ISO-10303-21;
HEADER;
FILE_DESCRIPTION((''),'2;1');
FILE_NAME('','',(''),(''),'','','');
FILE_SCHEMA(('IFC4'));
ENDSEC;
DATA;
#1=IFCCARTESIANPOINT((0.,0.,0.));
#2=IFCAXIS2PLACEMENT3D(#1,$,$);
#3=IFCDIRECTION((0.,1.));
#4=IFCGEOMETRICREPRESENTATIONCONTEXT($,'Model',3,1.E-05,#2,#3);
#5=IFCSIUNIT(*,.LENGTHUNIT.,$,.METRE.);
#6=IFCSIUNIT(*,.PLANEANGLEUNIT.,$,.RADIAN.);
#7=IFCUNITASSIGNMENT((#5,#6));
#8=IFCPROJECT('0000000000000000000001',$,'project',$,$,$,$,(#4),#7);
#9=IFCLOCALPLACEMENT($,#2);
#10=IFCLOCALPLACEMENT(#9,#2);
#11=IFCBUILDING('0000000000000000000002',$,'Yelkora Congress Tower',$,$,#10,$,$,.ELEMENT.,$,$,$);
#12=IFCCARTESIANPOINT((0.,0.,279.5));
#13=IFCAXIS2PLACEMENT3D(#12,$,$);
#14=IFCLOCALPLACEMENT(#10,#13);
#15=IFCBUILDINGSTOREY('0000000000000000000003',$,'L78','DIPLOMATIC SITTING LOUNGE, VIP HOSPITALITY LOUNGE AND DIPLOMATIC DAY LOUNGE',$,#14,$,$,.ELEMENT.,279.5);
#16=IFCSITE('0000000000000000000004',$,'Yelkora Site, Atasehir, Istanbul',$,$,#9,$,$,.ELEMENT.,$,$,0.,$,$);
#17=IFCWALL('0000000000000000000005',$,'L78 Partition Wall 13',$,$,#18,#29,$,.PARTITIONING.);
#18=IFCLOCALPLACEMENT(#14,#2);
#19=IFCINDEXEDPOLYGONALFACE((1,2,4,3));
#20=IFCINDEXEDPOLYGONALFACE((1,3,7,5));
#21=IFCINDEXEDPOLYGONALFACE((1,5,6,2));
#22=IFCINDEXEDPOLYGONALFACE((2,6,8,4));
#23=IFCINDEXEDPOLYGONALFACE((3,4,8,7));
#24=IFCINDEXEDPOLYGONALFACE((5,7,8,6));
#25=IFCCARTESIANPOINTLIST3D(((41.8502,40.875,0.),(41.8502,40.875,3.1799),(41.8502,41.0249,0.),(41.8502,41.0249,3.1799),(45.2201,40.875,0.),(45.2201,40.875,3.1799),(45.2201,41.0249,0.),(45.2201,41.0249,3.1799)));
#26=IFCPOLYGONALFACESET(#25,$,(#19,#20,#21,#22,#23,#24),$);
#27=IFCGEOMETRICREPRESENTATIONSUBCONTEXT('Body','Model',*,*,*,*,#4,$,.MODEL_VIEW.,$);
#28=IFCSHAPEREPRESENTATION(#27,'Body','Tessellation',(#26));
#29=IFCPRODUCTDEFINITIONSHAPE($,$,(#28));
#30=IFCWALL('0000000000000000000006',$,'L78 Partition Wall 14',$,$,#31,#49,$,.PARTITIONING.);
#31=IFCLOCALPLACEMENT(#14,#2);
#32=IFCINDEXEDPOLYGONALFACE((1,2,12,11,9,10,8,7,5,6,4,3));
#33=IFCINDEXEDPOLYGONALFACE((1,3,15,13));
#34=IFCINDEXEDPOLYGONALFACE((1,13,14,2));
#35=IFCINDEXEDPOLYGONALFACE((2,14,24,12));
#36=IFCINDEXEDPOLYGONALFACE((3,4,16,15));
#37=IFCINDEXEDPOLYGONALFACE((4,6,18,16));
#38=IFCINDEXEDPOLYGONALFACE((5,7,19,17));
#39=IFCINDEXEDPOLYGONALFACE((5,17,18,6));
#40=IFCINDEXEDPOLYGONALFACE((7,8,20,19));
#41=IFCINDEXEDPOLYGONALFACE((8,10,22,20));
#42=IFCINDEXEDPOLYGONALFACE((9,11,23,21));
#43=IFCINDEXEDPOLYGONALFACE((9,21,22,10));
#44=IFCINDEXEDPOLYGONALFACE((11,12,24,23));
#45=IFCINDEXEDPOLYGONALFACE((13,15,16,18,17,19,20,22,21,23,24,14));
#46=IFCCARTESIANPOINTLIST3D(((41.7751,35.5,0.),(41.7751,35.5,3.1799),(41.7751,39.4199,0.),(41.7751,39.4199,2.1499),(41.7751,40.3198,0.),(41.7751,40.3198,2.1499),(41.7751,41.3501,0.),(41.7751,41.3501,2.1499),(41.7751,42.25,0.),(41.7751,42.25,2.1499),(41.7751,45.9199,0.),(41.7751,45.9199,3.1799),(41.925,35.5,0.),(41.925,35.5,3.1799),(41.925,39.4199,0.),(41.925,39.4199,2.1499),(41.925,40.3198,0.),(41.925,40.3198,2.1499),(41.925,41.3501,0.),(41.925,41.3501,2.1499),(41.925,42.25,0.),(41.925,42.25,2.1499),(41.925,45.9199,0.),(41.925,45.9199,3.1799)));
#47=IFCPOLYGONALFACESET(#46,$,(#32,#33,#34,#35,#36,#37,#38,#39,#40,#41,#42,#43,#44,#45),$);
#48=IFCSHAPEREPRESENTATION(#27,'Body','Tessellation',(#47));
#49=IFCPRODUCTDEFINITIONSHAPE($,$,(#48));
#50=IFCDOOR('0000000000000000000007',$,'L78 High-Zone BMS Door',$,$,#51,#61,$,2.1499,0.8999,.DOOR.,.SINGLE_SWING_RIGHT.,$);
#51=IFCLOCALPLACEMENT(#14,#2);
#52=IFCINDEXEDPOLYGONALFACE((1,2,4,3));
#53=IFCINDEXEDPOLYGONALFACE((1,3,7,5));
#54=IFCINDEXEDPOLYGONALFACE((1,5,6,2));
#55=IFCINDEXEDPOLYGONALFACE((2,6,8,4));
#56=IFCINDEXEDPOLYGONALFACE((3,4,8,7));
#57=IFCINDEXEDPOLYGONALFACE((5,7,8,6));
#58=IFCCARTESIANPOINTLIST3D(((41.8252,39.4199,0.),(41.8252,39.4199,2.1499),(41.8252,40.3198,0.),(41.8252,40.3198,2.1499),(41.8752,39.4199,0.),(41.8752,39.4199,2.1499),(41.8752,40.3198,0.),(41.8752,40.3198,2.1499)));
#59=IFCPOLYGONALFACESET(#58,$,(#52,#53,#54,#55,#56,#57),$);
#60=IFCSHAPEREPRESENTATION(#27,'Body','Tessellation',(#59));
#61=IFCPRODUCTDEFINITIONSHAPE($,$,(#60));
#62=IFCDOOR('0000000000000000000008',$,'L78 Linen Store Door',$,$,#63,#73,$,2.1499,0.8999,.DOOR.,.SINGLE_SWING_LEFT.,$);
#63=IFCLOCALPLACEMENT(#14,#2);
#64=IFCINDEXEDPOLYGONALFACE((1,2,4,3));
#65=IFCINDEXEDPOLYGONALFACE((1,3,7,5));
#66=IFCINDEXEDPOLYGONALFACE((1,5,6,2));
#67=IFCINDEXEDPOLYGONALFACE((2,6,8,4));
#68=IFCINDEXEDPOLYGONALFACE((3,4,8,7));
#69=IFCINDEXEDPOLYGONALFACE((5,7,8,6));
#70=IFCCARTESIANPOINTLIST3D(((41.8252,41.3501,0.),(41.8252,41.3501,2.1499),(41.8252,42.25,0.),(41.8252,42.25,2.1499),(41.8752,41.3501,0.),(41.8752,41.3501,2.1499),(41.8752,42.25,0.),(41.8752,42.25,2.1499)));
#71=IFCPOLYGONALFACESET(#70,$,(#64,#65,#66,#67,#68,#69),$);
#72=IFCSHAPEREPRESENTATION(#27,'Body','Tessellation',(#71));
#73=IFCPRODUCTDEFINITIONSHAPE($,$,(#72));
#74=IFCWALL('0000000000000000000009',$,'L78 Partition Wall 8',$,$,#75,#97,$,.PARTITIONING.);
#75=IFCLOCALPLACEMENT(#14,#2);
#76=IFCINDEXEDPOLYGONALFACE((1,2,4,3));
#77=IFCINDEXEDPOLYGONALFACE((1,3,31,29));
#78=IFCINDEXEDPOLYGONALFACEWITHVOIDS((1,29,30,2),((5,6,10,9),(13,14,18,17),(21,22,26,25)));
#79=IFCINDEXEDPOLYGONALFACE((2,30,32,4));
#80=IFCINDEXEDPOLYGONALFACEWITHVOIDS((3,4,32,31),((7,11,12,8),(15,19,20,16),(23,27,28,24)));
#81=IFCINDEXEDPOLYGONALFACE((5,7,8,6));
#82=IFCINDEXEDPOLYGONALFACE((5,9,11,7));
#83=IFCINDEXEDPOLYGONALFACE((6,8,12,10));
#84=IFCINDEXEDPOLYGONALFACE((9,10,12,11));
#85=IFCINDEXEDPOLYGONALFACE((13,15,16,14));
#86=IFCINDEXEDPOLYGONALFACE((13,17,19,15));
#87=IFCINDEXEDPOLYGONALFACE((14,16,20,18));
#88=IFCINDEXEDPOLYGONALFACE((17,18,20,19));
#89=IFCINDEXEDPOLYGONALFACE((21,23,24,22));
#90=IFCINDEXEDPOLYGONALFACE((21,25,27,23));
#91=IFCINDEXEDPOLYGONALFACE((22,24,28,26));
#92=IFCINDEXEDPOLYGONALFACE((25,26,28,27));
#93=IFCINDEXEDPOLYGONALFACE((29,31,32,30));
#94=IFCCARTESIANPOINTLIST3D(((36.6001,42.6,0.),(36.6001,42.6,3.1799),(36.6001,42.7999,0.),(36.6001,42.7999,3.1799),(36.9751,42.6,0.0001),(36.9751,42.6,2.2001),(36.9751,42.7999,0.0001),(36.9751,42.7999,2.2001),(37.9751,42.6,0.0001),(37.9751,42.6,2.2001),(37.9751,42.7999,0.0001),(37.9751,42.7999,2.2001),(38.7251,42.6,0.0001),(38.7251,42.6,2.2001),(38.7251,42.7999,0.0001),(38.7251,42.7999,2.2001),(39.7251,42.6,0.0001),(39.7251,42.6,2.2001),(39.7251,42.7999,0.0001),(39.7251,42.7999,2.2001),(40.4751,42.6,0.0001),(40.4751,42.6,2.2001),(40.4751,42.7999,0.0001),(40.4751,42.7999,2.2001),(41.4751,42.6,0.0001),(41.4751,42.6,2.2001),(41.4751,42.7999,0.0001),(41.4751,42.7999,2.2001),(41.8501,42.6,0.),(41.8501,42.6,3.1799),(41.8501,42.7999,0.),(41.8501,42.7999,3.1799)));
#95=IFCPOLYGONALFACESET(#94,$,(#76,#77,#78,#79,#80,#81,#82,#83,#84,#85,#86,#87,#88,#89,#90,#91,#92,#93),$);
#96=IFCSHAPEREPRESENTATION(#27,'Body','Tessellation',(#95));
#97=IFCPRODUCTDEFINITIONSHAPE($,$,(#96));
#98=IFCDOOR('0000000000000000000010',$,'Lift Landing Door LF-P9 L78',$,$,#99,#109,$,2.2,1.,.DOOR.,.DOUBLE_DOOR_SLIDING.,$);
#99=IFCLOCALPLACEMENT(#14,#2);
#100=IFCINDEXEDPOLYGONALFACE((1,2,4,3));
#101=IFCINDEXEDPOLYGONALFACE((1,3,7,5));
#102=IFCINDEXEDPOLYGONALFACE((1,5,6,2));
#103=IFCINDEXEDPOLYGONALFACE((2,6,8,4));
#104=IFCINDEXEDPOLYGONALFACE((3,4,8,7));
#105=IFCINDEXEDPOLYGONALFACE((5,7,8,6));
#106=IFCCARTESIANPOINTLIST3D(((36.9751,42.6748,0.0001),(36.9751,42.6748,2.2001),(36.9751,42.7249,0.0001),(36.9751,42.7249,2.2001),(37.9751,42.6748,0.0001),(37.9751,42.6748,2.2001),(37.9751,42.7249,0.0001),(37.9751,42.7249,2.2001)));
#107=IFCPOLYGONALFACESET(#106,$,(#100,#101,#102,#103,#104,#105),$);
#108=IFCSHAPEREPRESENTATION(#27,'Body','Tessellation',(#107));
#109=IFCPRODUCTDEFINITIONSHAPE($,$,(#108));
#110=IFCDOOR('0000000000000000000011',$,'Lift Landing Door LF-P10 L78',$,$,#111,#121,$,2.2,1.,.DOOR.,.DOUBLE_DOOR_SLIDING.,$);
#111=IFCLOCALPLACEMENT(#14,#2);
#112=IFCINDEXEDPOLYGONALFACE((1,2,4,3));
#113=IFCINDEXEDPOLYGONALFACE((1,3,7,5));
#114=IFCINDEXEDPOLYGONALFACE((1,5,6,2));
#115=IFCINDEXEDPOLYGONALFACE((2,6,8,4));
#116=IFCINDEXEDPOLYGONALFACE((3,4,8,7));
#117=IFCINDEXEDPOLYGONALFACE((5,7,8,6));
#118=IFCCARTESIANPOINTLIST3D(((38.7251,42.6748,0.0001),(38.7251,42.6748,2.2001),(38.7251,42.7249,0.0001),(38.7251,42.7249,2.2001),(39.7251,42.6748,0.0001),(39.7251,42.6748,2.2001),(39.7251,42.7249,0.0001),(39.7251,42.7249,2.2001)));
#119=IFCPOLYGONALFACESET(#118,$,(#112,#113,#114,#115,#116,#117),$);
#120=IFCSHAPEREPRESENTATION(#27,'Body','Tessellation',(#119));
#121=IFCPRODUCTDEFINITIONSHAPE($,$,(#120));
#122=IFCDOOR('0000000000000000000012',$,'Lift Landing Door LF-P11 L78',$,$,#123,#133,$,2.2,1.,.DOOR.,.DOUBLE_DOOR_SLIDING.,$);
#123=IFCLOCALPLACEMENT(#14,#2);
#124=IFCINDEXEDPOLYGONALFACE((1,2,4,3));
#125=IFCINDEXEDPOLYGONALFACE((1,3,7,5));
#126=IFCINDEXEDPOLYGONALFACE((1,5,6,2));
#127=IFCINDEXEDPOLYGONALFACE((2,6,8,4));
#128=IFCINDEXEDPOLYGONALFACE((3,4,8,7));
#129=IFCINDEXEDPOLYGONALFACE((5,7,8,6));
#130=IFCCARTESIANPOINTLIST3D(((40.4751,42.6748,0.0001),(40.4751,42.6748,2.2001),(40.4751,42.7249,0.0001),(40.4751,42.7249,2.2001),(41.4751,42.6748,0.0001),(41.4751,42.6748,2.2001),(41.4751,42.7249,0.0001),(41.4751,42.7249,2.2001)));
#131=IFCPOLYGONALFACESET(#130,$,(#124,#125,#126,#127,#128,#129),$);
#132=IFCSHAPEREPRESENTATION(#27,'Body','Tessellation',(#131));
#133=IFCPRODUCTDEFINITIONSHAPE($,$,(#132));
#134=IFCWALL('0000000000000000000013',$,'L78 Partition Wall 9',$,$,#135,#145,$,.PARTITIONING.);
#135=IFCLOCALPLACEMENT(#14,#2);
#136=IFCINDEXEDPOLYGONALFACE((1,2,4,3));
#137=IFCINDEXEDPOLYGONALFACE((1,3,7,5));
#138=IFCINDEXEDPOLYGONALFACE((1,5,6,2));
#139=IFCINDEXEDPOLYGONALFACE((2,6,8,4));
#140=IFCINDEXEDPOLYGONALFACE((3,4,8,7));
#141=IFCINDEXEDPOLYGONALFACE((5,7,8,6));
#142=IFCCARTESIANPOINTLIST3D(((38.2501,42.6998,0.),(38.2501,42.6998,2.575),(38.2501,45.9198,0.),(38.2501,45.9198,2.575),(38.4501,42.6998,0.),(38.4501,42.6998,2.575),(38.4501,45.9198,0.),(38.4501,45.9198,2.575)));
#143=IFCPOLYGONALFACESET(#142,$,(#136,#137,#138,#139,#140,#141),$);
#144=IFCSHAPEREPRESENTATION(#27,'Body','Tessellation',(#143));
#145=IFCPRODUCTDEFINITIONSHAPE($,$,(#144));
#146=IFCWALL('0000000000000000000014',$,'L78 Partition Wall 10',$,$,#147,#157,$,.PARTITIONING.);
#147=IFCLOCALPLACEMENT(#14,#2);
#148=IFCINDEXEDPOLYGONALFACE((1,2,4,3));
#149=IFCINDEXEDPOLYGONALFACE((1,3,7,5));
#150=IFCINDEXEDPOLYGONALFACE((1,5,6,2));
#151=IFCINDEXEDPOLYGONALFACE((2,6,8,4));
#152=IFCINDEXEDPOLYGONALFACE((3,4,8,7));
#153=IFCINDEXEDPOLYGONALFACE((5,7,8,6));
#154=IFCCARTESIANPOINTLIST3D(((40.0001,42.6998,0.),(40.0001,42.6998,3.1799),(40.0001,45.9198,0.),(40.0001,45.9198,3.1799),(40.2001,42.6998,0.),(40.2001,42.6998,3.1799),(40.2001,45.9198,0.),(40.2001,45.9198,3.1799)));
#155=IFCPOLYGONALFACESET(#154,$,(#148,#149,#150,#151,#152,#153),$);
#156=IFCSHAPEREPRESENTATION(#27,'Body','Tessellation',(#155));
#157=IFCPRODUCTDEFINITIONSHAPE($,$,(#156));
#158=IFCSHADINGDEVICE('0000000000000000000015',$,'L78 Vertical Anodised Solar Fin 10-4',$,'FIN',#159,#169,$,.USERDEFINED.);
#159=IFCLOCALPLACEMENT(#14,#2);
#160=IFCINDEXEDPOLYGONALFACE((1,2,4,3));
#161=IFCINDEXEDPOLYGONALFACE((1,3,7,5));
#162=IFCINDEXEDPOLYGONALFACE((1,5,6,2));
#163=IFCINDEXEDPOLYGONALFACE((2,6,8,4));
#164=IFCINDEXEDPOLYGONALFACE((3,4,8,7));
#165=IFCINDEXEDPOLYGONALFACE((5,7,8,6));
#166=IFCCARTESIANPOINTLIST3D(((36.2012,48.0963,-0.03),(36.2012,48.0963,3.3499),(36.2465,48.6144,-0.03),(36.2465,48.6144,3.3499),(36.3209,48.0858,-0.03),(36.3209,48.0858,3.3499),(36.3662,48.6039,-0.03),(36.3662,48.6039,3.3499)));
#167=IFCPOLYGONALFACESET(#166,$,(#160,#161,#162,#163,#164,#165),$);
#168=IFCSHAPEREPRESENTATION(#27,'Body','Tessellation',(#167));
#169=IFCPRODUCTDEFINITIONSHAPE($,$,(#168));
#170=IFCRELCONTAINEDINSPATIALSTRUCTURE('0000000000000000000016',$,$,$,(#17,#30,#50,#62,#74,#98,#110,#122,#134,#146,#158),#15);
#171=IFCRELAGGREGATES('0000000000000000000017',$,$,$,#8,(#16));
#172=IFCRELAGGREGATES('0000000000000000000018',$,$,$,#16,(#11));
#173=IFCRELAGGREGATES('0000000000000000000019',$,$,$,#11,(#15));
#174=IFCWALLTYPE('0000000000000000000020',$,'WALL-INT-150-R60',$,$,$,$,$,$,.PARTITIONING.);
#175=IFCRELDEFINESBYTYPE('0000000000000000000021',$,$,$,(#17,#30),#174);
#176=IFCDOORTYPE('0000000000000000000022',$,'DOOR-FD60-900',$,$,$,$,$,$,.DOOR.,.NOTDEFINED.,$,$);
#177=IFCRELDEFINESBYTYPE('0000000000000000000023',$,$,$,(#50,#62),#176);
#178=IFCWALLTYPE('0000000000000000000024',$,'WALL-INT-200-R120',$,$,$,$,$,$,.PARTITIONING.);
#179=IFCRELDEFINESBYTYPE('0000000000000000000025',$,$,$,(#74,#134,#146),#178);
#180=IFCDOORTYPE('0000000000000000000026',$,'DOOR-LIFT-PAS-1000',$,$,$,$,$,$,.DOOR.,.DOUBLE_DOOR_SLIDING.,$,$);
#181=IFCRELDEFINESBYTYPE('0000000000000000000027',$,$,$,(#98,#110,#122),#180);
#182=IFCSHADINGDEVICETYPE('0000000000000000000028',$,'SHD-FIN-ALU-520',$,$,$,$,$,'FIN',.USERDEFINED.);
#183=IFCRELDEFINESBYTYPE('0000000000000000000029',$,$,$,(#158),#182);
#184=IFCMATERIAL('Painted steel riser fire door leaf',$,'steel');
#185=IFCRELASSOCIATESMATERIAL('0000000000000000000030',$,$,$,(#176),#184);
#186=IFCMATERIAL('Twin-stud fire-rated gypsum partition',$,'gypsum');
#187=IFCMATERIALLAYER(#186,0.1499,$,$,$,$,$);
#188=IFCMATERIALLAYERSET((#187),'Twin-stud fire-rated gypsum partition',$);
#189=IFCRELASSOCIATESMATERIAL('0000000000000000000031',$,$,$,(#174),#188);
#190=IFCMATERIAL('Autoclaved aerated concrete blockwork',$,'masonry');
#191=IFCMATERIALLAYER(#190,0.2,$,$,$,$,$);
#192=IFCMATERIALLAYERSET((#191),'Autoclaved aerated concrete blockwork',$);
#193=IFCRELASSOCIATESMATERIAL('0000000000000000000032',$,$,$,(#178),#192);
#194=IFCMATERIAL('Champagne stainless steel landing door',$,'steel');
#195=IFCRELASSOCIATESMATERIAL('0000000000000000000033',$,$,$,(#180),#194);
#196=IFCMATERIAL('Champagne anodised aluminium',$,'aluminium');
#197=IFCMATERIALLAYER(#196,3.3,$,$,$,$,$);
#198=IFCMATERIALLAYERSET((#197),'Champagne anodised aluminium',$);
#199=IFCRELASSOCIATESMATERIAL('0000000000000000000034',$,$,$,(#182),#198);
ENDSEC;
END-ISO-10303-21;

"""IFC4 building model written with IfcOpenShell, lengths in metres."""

from ifc_helpers import new_model, si_unit, direction, frame, frame_2d, origin, origin_2d, place, context, subcontext, project, spatial, rectangle, extrude, material, layer, layer_set, type_object, element, fill, save


model = new_model("IFC4")

# Units and contexts
model_context = context("Model", 3, precision=1e-05, world=origin(), true_north=direction((0.0, 1.0)))
body_context = subcontext(model_context, "Body", "Model", "MODEL_VIEW")
ifc_project = project(units=[si_unit("LENGTHUNIT", "METRE"), si_unit("PLANEANGLEUNIT", "RADIAN")], contexts=[model_context])

# Site, building, storey
site_placement = place(None, origin())
site = spatial("IfcSite", under=ifc_project, at=site_placement, Name="Yelkora Site, Atasehir, Istanbul", CompositionType="ELEMENT", RefElevation=0.0)
building_placement = place(site_placement, origin())
building = spatial("IfcBuilding", under=site, at=building_placement, Name="Yelkora Congress Tower", CompositionType="ELEMENT")
storey_placement = place(building_placement, frame((0.0, 0.0, 279.5)))
storey = spatial("IfcBuildingStorey", under=building, at=storey_placement, Name="L78", Description="DIPLOMATIC SITTING LOUNGE, VIP HOSPITALITY LOUNGE AND DIPLOMATIC DAY LOUNGE", CompositionType="ELEMENT", Elevation=279.5)

# Shared definitions
ifc_material_1 = material(Name="Painted steel riser fire door leaf", Category="steel")
door_type_1 = type_object("IfcDoorType", Name="DOOR-FD60-900", OperationType="NOTDEFINED", PredefinedType="DOOR", material=ifc_material_1)

# Shared definitions
ifc_material_2 = material(Name="Twin-stud fire-rated gypsum partition", Category="gypsum")
ifc_layer_1 = layer(ifc_material_2, 0.1499)
ifc_layer_set_1 = layer_set([ifc_layer_1], Name="Twin-stud fire-rated gypsum partition")
wall_type_1 = type_object("IfcWallType", Name="WALL-INT-150-R60", PredefinedType="PARTITIONING", material=ifc_layer_set_1)

# Wall
wall_1_placement = place(storey_placement, frame((41.8501, 40.95, 0.0), z_axis=(0.0, 0.0, 1.0), x_axis=(1.0, 0.0, 0.0)))
element("IfcWall", 1, at=wall_1_placement, inside=storey, type_object=wall_type_1, Name="L78 Partition Wall 13", PredefinedType="PARTITIONING", context=body_context, shape_type="SweptSolid", body=[
    extrude(rectangle(XDim=3.3699, YDim=0.1499, at=frame_2d((1.6851, 0.0))), origin(), (0.0, 0.0, 1.0), 3.1799),
])

# Walls, openings, doors
wall_2_placement = place(storey_placement, frame((41.8501, 35.5, 0.0), z_axis=(0.0, 0.0, 1.0), x_axis=(0.0, 1.0, 0.0)))
wall_2 = element("IfcWall", 2, at=wall_2_placement, inside=storey, type_object=wall_type_1, Name="L78 Partition Wall 14", PredefinedType="PARTITIONING", context=body_context, shape_type="SweptSolid", body=[
    extrude(rectangle(XDim=10.4199, YDim=0.1499, at=frame_2d((5.21, 0.0))), origin(), (0.0, 0.0, 1.0), 3.1799),
])
opening_1_placement = place(wall_2_placement, frame((3.9199, 0.0, 0.0)))
opening_1 = element("IfcOpeningElement", 3, at=opening_1_placement, cuts=wall_2, PredefinedType="OPENING", context=body_context, shape_type="SweptSolid", body=[
    extrude(rectangle(XDim=0.8999, YDim=2.1499, at=frame_2d((0.45, 1.075))), frame((0.0, 0.085, 0.0), z_axis=(0.0, -1.0, 0.0), x_axis=(1.0, 0.0, 0.0)), (0.0, 0.0, 1.0), 0.1699),
])
opening_2_placement = place(wall_2_placement, frame((5.8501, 0.0, 0.0)))
opening_2 = element("IfcOpeningElement", 4, at=opening_2_placement, cuts=wall_2, PredefinedType="OPENING", context=body_context, shape_type="SweptSolid", body=[
    extrude(rectangle(XDim=0.8999, YDim=2.1499, at=frame_2d((0.45, 1.075))), frame((0.0, 0.085, 0.0), z_axis=(0.0, -1.0, 0.0), x_axis=(1.0, 0.0, 0.0)), (0.0, 0.0, 1.0), 0.1699),
])
door_1_placement = place(opening_1_placement, origin())
door_1 = element("IfcDoor", 5, at=door_1_placement, inside=storey, type_object=door_type_1, Name="L78 High-Zone BMS Door", OperationType="SINGLE_SWING_RIGHT", OverallHeight=2.1499, OverallWidth=0.8999, PredefinedType="DOOR", context=body_context, shape_type="SweptSolid", body=[
    extrude(rectangle(XDim=0.8999, YDim=2.1499, at=frame_2d((0.45, 1.075))), frame((0.0, 0.0249, 0.0), z_axis=(0.0, -1.0, 0.0), x_axis=(1.0, 0.0, 0.0)), (0.0, 0.0, 1.0), 0.05),
])
fill(opening_1, door_1)
door_2_placement = place(opening_2_placement, origin())
door_2 = element("IfcDoor", 6, at=door_2_placement, inside=storey, type_object=door_type_1, Name="L78 Linen Store Door", OperationType="SINGLE_SWING_LEFT", OverallHeight=2.1499, OverallWidth=0.8999, PredefinedType="DOOR", context=body_context, shape_type="SweptSolid", body=[
    extrude(rectangle(XDim=0.8999, YDim=2.1499, at=frame_2d((0.45, 1.075))), frame((0.0, 0.0249, 0.0), z_axis=(0.0, -1.0, 0.0), x_axis=(1.0, 0.0, 0.0)), (0.0, 0.0, 1.0), 0.05),
])
fill(opening_2, door_2)
ifc_material_3 = material(Name="Autoclaved aerated concrete blockwork", Category="masonry")
ifc_layer_2 = layer(ifc_material_3, 0.2)
ifc_layer_set_2 = layer_set([ifc_layer_2], Name="Autoclaved aerated concrete blockwork")
wall_type_2 = type_object("IfcWallType", Name="WALL-INT-200-R120", PredefinedType="PARTITIONING", material=ifc_layer_set_2)
wall_3_placement = place(storey_placement, frame((36.6001, 42.7, 0.0), z_axis=(0.0, 0.0, 1.0), x_axis=(1.0, 0.0, 0.0)))
wall_3 = element("IfcWall", 7, at=wall_3_placement, inside=storey, type_object=wall_type_2, Name="L78 Partition Wall 8", PredefinedType="PARTITIONING", context=body_context, shape_type="SweptSolid", body=[
    extrude(rectangle(XDim=5.25, YDim=0.2, at=frame_2d((2.625, 0.0))), origin(), (0.0, 0.0, 1.0), 3.1799),
])
opening_3_placement = place(wall_3_placement, frame((0.375, 0.0, 0.0)))
opening_3 = element("IfcOpeningElement", 8, at=opening_3_placement, cuts=wall_3, PredefinedType="OPENING", context=body_context, shape_type="SweptSolid", body=[
    extrude(rectangle(XDim=1.0, YDim=2.2, at=frame_2d((0.5, 1.1001))), frame((0.0, 0.1099, 0.0), z_axis=(0.0, -1.0, 0.0), x_axis=(1.0, 0.0, 0.0)), (0.0, 0.0, 1.0), 0.22),
])
opening_4_placement = place(wall_3_placement, frame((2.125, 0.0, 0.0)))
opening_4 = element("IfcOpeningElement", 9, at=opening_4_placement, cuts=wall_3, PredefinedType="OPENING", context=body_context, shape_type="SweptSolid", body=[
    extrude(rectangle(XDim=1.0, YDim=2.2, at=frame_2d((0.5, 1.1001))), frame((0.0, 0.1099, 0.0), z_axis=(0.0, -1.0, 0.0), x_axis=(1.0, 0.0, 0.0)), (0.0, 0.0, 1.0), 0.22),
])
opening_5_placement = place(wall_3_placement, frame((3.875, 0.0, 0.0)))
opening_5 = element("IfcOpeningElement", 10, at=opening_5_placement, cuts=wall_3, PredefinedType="OPENING", context=body_context, shape_type="SweptSolid", body=[
    extrude(rectangle(XDim=1.0, YDim=2.2, at=frame_2d((0.5, 1.1001))), frame((0.0, 0.1099, 0.0), z_axis=(0.0, -1.0, 0.0), x_axis=(1.0, 0.0, 0.0)), (0.0, 0.0, 1.0), 0.22),
])
ifc_material_4 = material(Name="Champagne stainless steel landing door", Category="steel")
door_type_2 = type_object("IfcDoorType", Name="DOOR-LIFT-PAS-1000", OperationType="DOUBLE_DOOR_SLIDING", PredefinedType="DOOR", material=ifc_material_4)
door_3_placement = place(opening_3_placement, origin())
door_3 = element("IfcDoor", 11, at=door_3_placement, inside=storey, type_object=door_type_2, Name="Lift Landing Door LF-P9 L78", OperationType="DOUBLE_DOOR_SLIDING", OverallHeight=2.2, OverallWidth=1.0, PredefinedType="DOOR", context=body_context, shape_type="SweptSolid", body=[
    extrude(rectangle(XDim=1.0, YDim=2.2, at=frame_2d((0.5, 1.1001))), frame((0.0, 0.0249, 0.0), z_axis=(0.0, -1.0, 0.0), x_axis=(1.0, 0.0, 0.0)), (0.0, 0.0, 1.0), 0.05),
])
fill(opening_3, door_3)
door_4_placement = place(opening_4_placement, origin())
door_4 = element("IfcDoor", 12, at=door_4_placement, inside=storey, type_object=door_type_2, Name="Lift Landing Door LF-P10 L78", OperationType="DOUBLE_DOOR_SLIDING", OverallHeight=2.2, OverallWidth=1.0, PredefinedType="DOOR", context=body_context, shape_type="SweptSolid", body=[
    extrude(rectangle(XDim=1.0, YDim=2.2, at=frame_2d((0.5, 1.1001))), frame((0.0, 0.0249, 0.0), z_axis=(0.0, -1.0, 0.0), x_axis=(1.0, 0.0, 0.0)), (0.0, 0.0, 1.0), 0.05),
])
fill(opening_4, door_4)
door_5_placement = place(opening_5_placement, origin())
door_5 = element("IfcDoor", 13, at=door_5_placement, inside=storey, type_object=door_type_2, Name="Lift Landing Door LF-P11 L78", OperationType="DOUBLE_DOOR_SLIDING", OverallHeight=2.2, OverallWidth=1.0, PredefinedType="DOOR", context=body_context, shape_type="SweptSolid", body=[
    extrude(rectangle(XDim=1.0, YDim=2.2, at=frame_2d((0.5, 1.1001))), frame((0.0, 0.0249, 0.0), z_axis=(0.0, -1.0, 0.0), x_axis=(1.0, 0.0, 0.0)), (0.0, 0.0, 1.0), 0.05),
])
fill(opening_5, door_5)

# Walls
wall_4_placement = place(storey_placement, frame((38.3501, 42.7, 0.0), z_axis=(0.0, 0.0, 1.0), x_axis=(0.0, 1.0, 0.0)))
element("IfcWall", 14, at=wall_4_placement, inside=storey, type_object=wall_type_2, Name="L78 Partition Wall 9", PredefinedType="PARTITIONING", context=body_context, shape_type="SweptSolid", body=[
    extrude(rectangle(XDim=3.22, YDim=0.2, at=frame_2d((1.6099, 0.0))), origin(), (0.0, 0.0, 1.0), 2.575),
])
wall_5_placement = place(storey_placement, frame((40.1001, 42.7, 0.0), z_axis=(0.0, 0.0, 1.0), x_axis=(0.0, 1.0, 0.0)))
element("IfcWall", 15, at=wall_5_placement, inside=storey, type_object=wall_type_2, Name="L78 Partition Wall 10", PredefinedType="PARTITIONING", context=body_context, shape_type="SweptSolid", body=[
    extrude(rectangle(XDim=3.22, YDim=0.2, at=frame_2d((1.6099, 0.0))), origin(), (0.0, 0.0, 1.0), 3.1799),
])

# Shading device
ifc_material_5 = material(Name="Champagne anodised aluminium", Category="aluminium")
ifc_layer_3 = layer(ifc_material_5, 3.3)
ifc_layer_set_3 = layer_set([ifc_layer_3], Name="Champagne anodised aluminium")
shading_device_type = type_object("IfcShadingDeviceType", Name="SHD-FIN-ALU-520", ElementType="FIN", PredefinedType="USERDEFINED", material=ifc_layer_set_3)
for number, where, z_axis, x_axis, name in (
    (16, (36.2837, 48.3501, -0.03), (0.0, 0.0, 1.0), (0.996195, -0.087156, 0.0), "L78 Vertical Anodised Solar Fin 10-4"),
):
    element("IfcShadingDevice", number, at=place(storey_placement, frame(where, z_axis=z_axis, x_axis=x_axis)), inside=storey, type_object=shading_device_type, Name=name, ObjectType="FIN", PredefinedType="USERDEFINED", context=body_context, shape_type="SweptSolid", body=[
        extrude(rectangle(XDim=0.1201, YDim=0.52, at=origin_2d()), origin(), (0.0, 0.0, 1.0), 3.3799),
    ])

save(model, "model.ifc")
